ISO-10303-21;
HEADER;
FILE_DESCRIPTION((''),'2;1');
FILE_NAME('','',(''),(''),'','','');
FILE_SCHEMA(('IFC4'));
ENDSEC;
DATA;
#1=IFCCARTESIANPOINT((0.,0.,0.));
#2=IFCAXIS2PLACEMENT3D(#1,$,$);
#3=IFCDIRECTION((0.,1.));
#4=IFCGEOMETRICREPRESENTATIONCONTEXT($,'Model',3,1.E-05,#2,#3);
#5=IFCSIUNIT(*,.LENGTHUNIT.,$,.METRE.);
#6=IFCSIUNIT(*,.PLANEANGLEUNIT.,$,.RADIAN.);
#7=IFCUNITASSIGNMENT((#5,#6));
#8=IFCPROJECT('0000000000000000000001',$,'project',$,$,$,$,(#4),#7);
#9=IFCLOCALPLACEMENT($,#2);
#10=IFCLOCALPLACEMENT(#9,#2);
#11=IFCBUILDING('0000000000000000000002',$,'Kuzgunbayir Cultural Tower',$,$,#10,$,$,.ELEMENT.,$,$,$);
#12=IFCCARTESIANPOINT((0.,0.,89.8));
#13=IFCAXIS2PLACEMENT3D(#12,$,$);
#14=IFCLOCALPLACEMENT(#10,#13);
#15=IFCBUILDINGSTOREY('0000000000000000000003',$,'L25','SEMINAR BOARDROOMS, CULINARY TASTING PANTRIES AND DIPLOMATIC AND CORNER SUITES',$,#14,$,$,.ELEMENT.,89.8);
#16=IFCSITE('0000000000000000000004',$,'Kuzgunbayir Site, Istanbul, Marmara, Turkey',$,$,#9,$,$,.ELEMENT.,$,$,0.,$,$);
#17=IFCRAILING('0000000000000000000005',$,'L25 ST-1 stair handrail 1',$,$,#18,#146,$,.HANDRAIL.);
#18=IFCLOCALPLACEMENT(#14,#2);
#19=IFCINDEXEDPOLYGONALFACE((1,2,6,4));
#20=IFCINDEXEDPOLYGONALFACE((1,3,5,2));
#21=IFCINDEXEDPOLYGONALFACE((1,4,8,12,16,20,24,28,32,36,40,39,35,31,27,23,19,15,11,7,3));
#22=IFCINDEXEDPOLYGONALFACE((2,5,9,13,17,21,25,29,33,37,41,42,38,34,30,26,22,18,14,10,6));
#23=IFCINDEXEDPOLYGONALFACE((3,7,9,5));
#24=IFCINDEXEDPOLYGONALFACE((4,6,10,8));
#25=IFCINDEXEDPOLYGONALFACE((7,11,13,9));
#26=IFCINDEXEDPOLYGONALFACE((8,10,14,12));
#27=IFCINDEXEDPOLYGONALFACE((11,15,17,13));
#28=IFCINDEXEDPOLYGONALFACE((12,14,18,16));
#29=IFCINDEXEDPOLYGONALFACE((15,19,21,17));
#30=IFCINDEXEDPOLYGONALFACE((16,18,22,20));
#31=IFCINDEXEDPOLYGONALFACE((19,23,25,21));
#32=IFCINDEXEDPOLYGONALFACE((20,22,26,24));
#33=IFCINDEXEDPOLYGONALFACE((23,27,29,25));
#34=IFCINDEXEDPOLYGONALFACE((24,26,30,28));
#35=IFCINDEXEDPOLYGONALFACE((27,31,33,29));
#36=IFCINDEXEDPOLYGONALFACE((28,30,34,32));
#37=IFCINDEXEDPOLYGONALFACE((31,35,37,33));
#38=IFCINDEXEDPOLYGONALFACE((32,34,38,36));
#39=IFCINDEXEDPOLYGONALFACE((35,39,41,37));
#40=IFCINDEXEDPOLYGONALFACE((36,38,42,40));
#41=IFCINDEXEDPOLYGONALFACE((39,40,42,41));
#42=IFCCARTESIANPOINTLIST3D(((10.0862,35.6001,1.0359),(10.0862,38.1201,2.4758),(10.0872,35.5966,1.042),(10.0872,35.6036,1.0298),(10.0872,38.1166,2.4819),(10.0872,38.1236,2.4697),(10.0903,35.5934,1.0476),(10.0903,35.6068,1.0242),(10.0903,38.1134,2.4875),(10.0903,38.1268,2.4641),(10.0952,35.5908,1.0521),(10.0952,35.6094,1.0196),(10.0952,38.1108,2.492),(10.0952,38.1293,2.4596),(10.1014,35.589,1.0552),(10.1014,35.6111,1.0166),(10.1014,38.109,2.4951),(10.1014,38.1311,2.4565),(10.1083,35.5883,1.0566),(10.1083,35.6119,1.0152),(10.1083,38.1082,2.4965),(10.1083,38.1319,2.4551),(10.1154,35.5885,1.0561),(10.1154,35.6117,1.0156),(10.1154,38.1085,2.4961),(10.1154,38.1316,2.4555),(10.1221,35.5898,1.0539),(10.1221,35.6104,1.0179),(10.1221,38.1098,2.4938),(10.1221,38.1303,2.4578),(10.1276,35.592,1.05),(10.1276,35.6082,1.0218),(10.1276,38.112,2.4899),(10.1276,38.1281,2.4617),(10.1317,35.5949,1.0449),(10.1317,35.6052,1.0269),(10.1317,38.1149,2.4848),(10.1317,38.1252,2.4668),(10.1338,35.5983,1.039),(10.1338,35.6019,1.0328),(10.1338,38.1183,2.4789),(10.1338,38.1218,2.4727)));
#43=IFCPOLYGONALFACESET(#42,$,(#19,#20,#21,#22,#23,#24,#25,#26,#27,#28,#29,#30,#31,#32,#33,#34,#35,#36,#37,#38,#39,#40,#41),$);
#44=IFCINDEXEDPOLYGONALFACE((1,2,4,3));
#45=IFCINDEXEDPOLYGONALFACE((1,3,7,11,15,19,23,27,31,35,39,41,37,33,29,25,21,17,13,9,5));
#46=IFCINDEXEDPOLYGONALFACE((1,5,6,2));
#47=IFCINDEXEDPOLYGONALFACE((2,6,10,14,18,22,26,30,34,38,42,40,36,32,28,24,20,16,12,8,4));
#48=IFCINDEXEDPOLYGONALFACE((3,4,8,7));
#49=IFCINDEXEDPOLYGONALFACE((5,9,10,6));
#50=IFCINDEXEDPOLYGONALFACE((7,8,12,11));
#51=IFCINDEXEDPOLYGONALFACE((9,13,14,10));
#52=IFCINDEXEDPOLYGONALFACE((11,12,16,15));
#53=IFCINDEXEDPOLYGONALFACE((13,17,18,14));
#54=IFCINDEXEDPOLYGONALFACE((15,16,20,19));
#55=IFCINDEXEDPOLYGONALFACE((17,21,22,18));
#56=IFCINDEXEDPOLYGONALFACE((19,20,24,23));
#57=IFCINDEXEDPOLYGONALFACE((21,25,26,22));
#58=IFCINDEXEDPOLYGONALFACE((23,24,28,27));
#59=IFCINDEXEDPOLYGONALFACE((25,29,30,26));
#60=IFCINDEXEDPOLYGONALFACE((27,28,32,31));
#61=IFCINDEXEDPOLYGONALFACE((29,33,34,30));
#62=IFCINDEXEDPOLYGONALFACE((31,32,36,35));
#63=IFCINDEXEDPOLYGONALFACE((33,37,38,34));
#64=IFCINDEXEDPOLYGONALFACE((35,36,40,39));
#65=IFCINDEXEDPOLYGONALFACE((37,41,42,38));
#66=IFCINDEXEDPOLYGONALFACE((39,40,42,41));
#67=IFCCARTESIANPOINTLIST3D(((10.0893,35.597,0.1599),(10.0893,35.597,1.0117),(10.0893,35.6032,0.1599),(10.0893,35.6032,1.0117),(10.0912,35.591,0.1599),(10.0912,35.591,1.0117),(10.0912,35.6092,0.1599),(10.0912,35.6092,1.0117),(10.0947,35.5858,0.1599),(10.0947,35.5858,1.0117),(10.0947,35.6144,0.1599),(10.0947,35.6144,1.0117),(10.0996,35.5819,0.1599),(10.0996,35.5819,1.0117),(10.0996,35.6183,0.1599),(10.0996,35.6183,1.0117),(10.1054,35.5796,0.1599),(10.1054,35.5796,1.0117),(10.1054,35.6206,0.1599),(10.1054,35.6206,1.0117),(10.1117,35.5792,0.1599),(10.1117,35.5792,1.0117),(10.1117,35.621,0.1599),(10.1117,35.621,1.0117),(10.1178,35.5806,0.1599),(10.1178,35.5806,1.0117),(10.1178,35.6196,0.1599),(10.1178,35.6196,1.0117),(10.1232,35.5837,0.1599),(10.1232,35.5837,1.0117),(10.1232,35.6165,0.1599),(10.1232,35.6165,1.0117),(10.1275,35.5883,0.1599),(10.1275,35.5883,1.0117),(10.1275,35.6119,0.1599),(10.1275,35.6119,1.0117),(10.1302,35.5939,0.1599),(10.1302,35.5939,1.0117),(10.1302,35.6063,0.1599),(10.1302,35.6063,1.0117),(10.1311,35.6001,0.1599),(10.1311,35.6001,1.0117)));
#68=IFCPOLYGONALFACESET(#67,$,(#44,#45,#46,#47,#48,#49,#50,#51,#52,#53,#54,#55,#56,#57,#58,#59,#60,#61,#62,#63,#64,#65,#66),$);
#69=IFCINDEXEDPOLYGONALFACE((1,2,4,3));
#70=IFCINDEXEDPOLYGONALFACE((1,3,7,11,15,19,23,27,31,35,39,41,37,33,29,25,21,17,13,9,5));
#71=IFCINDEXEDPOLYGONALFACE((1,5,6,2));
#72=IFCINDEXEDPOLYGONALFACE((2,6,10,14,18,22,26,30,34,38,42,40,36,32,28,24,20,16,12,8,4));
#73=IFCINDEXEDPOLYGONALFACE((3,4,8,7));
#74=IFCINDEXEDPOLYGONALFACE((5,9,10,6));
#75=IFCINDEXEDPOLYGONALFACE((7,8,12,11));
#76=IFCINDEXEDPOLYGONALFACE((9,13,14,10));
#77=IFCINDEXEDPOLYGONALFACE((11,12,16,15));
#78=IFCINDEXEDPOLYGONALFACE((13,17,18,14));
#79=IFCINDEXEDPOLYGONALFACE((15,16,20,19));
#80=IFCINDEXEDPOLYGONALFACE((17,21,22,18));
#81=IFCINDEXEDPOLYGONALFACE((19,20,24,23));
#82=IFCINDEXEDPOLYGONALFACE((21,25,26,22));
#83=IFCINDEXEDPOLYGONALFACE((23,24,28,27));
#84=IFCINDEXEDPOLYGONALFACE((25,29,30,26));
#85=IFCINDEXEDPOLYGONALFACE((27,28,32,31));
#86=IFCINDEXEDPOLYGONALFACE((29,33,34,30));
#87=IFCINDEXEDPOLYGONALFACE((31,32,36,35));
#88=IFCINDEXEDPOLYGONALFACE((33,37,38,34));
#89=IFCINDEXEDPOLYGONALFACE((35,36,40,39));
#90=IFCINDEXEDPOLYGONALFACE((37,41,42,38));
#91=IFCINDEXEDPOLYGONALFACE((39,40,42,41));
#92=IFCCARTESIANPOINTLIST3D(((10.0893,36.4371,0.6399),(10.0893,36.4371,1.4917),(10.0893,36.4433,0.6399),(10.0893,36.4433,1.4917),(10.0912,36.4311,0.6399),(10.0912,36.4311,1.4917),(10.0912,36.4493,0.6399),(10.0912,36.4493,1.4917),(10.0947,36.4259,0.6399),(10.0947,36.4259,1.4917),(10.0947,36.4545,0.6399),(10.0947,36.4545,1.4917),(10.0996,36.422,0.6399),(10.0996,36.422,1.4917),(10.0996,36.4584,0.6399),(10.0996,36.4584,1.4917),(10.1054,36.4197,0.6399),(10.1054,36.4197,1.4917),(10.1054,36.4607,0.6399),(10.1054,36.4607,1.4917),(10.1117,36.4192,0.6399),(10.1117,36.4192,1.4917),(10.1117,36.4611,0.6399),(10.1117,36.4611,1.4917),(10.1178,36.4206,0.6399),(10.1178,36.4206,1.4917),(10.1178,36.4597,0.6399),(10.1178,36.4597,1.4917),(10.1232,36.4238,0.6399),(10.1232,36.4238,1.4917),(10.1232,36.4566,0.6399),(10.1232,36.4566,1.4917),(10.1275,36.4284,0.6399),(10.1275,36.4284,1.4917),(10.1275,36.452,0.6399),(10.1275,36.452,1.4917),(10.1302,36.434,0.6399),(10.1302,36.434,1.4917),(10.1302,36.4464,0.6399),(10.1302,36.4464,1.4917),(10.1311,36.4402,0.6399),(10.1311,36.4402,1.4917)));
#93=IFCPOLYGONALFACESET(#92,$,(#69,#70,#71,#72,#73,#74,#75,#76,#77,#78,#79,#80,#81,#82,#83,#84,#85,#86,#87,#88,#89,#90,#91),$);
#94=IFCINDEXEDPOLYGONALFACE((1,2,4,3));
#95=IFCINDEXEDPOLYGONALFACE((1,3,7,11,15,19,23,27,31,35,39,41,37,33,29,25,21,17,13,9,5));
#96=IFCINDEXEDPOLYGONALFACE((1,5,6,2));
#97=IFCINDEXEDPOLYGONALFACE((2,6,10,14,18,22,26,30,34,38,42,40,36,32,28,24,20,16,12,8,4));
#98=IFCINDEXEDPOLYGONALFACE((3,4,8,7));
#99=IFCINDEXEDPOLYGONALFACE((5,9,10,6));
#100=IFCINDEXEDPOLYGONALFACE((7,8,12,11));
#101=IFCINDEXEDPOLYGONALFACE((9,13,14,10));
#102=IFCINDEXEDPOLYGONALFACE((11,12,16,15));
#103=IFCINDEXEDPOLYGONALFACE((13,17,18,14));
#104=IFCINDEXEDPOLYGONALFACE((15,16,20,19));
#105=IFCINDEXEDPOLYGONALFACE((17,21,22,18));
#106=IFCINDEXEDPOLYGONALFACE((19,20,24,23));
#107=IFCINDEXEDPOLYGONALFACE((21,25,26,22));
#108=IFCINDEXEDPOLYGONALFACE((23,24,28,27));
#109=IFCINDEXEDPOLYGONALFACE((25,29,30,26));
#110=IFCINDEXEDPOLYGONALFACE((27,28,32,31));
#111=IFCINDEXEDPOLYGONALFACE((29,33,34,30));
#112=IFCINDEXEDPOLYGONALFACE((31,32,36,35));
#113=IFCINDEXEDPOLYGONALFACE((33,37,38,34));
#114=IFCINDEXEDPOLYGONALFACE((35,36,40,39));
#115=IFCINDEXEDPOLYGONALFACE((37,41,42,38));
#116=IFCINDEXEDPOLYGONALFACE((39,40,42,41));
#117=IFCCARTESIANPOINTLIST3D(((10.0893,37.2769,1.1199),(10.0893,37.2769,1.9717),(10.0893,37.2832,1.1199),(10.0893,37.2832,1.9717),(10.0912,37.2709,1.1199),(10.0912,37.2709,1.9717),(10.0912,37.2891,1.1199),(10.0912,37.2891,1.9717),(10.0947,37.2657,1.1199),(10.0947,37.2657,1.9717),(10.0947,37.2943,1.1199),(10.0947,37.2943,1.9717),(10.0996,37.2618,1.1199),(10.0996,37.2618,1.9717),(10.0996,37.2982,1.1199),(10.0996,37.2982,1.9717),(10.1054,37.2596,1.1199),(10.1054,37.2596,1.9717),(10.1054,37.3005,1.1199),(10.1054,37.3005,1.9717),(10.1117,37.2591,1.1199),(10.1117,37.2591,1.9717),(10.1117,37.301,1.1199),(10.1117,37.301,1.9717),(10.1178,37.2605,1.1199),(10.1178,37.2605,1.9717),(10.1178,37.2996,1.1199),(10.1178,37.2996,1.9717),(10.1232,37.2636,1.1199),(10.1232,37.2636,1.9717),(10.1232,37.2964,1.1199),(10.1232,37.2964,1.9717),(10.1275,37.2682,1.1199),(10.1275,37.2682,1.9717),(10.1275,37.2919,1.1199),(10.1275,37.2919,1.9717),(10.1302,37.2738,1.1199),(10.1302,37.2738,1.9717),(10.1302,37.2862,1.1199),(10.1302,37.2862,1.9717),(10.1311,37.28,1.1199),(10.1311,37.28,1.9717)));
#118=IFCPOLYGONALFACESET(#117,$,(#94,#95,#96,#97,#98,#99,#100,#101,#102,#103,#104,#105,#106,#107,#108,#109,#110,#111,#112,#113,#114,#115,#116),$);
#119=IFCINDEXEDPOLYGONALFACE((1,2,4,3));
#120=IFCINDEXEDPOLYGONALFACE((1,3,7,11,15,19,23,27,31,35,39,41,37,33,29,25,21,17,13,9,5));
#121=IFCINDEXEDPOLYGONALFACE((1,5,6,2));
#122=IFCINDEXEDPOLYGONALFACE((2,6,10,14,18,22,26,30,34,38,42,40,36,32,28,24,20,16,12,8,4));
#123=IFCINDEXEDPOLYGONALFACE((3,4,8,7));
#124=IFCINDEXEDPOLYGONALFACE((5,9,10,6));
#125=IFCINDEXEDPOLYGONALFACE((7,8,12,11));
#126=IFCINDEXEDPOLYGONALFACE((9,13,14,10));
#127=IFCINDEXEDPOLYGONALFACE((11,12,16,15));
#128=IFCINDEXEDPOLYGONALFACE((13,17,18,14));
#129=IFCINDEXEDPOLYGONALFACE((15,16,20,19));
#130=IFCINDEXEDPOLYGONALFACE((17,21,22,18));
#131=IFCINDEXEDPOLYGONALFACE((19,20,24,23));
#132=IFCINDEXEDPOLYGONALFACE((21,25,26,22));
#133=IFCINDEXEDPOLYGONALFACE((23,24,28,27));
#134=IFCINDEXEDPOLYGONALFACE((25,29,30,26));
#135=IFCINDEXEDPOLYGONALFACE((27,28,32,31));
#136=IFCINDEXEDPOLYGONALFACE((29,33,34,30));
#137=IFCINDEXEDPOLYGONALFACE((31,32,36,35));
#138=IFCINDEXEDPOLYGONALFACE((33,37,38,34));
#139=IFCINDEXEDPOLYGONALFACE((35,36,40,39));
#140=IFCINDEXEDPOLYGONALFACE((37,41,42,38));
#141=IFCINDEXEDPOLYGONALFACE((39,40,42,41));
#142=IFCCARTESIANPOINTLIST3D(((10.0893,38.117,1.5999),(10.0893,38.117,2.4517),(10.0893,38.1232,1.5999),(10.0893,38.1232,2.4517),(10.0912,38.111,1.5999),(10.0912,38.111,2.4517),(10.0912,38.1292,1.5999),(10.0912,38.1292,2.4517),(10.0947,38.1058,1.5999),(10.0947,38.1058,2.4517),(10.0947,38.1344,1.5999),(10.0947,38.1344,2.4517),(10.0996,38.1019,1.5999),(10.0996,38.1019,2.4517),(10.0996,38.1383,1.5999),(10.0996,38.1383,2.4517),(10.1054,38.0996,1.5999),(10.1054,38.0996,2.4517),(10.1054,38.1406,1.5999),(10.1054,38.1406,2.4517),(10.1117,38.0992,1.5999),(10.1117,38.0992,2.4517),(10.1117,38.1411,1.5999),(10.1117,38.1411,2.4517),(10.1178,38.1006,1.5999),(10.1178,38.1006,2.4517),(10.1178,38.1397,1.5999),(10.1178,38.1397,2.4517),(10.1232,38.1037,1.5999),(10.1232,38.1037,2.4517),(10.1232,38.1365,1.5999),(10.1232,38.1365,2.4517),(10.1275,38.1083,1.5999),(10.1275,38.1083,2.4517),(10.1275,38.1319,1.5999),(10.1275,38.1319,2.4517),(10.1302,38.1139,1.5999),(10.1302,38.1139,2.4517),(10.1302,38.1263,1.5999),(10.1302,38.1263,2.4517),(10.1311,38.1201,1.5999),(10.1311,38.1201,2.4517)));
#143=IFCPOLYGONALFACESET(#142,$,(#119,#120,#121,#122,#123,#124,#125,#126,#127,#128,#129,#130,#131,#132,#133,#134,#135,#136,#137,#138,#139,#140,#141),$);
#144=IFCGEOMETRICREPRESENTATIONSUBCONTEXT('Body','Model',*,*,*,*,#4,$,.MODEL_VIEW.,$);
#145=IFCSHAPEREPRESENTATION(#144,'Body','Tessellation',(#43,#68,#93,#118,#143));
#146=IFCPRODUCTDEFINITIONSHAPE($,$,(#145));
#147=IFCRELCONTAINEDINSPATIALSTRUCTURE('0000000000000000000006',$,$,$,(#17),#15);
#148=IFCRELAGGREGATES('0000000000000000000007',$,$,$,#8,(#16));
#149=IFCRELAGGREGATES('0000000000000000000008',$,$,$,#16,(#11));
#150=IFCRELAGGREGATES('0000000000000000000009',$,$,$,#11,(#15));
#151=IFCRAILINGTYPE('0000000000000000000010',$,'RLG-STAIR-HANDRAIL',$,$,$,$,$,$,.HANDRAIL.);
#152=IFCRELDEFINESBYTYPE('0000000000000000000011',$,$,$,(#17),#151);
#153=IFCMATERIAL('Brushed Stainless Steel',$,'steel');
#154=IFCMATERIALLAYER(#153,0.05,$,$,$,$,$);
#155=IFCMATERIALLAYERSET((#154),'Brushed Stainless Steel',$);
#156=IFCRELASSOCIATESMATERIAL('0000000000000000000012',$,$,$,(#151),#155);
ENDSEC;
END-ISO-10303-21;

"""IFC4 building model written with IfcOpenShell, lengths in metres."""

from ifc_helpers import new_model, si_unit, direction, frame, origin, origin_2d, place, context, subcontext, project, spatial, circle, extrude, material, layer, layer_set, type_object, element, save


model = new_model("IFC4")

# Units and contexts
model_context = context("Model", 3, precision=1e-05, world=origin(), true_north=direction((0.0, 1.0)))
body_context = subcontext(model_context, "Body", "Model", "MODEL_VIEW")
ifc_project = project(units=[si_unit("LENGTHUNIT", "METRE"), si_unit("PLANEANGLEUNIT", "RADIAN")], contexts=[model_context])

# Site, building, storey
site_placement = place(None, origin())
site = spatial("IfcSite", under=ifc_project, at=site_placement, Name="Kuzgunbayir Site, Istanbul, Marmara, Turkey", CompositionType="ELEMENT", RefElevation=0.0)
building_placement = place(site_placement, origin())
building = spatial("IfcBuilding", under=site, at=building_placement, Name="Kuzgunbayir Cultural Tower", CompositionType="ELEMENT")
storey_placement = place(building_placement, frame((0.0, 0.0, 89.8)))
storey = spatial("IfcBuildingStorey", under=building, at=storey_placement, Name="L25", Description="SEMINAR BOARDROOMS, CULINARY TASTING PANTRIES AND DIPLOMATIC AND CORNER SUITES", CompositionType="ELEMENT", Elevation=89.8)

# Shared definitions
ifc_material_1 = material(Name="Brushed Stainless Steel", Category="steel")

# Railing
ifc_layer_1 = layer(ifc_material_1, 0.05)
ifc_layer_set_1 = layer_set([ifc_layer_1], Name="Brushed Stainless Steel")
railing_type_1 = type_object("IfcRailingType", Name="RLG-STAIR-HANDRAIL", PredefinedType="HANDRAIL", material=ifc_layer_set_1)
railing_1_placement = place(storey_placement, frame((10.1101, 35.6001, 0.1599)))
element("IfcRailing", 1, at=railing_1_placement, inside=storey, type_object=railing_type_1, Name="L25 ST-1 stair handrail 1", PredefinedType="HANDRAIL", context=body_context, shape_type="SweptSolid", body=[
    extrude(circle(Radius=0.0239, at=origin_2d()), frame((0.0, 0.0, 0.876), z_axis=(0.0, 0.868253, 0.496121), x_axis=(-1.0, 0.0, 0.0)), (0.0, 0.0, 1.0), 2.9023),
    extrude(circle(Radius=0.021, at=origin_2d()), origin(), (0.0, 0.0, 1.0), 0.8518),
    extrude(circle(Radius=0.021, at=origin_2d()), frame((0.0, 0.8401, 0.48)), (0.0, 0.0, 1.0), 0.8518),
    extrude(circle(Radius=0.021, at=origin_2d()), frame((0.0, 1.6799, 0.96)), (0.0, 0.0, 1.0), 0.8518),
    extrude(circle(Radius=0.021, at=origin_2d()), frame((0.0, 2.52, 1.4399)), (0.0, 0.0, 1.0), 0.8518),
])

save(model, "model.ifc")
